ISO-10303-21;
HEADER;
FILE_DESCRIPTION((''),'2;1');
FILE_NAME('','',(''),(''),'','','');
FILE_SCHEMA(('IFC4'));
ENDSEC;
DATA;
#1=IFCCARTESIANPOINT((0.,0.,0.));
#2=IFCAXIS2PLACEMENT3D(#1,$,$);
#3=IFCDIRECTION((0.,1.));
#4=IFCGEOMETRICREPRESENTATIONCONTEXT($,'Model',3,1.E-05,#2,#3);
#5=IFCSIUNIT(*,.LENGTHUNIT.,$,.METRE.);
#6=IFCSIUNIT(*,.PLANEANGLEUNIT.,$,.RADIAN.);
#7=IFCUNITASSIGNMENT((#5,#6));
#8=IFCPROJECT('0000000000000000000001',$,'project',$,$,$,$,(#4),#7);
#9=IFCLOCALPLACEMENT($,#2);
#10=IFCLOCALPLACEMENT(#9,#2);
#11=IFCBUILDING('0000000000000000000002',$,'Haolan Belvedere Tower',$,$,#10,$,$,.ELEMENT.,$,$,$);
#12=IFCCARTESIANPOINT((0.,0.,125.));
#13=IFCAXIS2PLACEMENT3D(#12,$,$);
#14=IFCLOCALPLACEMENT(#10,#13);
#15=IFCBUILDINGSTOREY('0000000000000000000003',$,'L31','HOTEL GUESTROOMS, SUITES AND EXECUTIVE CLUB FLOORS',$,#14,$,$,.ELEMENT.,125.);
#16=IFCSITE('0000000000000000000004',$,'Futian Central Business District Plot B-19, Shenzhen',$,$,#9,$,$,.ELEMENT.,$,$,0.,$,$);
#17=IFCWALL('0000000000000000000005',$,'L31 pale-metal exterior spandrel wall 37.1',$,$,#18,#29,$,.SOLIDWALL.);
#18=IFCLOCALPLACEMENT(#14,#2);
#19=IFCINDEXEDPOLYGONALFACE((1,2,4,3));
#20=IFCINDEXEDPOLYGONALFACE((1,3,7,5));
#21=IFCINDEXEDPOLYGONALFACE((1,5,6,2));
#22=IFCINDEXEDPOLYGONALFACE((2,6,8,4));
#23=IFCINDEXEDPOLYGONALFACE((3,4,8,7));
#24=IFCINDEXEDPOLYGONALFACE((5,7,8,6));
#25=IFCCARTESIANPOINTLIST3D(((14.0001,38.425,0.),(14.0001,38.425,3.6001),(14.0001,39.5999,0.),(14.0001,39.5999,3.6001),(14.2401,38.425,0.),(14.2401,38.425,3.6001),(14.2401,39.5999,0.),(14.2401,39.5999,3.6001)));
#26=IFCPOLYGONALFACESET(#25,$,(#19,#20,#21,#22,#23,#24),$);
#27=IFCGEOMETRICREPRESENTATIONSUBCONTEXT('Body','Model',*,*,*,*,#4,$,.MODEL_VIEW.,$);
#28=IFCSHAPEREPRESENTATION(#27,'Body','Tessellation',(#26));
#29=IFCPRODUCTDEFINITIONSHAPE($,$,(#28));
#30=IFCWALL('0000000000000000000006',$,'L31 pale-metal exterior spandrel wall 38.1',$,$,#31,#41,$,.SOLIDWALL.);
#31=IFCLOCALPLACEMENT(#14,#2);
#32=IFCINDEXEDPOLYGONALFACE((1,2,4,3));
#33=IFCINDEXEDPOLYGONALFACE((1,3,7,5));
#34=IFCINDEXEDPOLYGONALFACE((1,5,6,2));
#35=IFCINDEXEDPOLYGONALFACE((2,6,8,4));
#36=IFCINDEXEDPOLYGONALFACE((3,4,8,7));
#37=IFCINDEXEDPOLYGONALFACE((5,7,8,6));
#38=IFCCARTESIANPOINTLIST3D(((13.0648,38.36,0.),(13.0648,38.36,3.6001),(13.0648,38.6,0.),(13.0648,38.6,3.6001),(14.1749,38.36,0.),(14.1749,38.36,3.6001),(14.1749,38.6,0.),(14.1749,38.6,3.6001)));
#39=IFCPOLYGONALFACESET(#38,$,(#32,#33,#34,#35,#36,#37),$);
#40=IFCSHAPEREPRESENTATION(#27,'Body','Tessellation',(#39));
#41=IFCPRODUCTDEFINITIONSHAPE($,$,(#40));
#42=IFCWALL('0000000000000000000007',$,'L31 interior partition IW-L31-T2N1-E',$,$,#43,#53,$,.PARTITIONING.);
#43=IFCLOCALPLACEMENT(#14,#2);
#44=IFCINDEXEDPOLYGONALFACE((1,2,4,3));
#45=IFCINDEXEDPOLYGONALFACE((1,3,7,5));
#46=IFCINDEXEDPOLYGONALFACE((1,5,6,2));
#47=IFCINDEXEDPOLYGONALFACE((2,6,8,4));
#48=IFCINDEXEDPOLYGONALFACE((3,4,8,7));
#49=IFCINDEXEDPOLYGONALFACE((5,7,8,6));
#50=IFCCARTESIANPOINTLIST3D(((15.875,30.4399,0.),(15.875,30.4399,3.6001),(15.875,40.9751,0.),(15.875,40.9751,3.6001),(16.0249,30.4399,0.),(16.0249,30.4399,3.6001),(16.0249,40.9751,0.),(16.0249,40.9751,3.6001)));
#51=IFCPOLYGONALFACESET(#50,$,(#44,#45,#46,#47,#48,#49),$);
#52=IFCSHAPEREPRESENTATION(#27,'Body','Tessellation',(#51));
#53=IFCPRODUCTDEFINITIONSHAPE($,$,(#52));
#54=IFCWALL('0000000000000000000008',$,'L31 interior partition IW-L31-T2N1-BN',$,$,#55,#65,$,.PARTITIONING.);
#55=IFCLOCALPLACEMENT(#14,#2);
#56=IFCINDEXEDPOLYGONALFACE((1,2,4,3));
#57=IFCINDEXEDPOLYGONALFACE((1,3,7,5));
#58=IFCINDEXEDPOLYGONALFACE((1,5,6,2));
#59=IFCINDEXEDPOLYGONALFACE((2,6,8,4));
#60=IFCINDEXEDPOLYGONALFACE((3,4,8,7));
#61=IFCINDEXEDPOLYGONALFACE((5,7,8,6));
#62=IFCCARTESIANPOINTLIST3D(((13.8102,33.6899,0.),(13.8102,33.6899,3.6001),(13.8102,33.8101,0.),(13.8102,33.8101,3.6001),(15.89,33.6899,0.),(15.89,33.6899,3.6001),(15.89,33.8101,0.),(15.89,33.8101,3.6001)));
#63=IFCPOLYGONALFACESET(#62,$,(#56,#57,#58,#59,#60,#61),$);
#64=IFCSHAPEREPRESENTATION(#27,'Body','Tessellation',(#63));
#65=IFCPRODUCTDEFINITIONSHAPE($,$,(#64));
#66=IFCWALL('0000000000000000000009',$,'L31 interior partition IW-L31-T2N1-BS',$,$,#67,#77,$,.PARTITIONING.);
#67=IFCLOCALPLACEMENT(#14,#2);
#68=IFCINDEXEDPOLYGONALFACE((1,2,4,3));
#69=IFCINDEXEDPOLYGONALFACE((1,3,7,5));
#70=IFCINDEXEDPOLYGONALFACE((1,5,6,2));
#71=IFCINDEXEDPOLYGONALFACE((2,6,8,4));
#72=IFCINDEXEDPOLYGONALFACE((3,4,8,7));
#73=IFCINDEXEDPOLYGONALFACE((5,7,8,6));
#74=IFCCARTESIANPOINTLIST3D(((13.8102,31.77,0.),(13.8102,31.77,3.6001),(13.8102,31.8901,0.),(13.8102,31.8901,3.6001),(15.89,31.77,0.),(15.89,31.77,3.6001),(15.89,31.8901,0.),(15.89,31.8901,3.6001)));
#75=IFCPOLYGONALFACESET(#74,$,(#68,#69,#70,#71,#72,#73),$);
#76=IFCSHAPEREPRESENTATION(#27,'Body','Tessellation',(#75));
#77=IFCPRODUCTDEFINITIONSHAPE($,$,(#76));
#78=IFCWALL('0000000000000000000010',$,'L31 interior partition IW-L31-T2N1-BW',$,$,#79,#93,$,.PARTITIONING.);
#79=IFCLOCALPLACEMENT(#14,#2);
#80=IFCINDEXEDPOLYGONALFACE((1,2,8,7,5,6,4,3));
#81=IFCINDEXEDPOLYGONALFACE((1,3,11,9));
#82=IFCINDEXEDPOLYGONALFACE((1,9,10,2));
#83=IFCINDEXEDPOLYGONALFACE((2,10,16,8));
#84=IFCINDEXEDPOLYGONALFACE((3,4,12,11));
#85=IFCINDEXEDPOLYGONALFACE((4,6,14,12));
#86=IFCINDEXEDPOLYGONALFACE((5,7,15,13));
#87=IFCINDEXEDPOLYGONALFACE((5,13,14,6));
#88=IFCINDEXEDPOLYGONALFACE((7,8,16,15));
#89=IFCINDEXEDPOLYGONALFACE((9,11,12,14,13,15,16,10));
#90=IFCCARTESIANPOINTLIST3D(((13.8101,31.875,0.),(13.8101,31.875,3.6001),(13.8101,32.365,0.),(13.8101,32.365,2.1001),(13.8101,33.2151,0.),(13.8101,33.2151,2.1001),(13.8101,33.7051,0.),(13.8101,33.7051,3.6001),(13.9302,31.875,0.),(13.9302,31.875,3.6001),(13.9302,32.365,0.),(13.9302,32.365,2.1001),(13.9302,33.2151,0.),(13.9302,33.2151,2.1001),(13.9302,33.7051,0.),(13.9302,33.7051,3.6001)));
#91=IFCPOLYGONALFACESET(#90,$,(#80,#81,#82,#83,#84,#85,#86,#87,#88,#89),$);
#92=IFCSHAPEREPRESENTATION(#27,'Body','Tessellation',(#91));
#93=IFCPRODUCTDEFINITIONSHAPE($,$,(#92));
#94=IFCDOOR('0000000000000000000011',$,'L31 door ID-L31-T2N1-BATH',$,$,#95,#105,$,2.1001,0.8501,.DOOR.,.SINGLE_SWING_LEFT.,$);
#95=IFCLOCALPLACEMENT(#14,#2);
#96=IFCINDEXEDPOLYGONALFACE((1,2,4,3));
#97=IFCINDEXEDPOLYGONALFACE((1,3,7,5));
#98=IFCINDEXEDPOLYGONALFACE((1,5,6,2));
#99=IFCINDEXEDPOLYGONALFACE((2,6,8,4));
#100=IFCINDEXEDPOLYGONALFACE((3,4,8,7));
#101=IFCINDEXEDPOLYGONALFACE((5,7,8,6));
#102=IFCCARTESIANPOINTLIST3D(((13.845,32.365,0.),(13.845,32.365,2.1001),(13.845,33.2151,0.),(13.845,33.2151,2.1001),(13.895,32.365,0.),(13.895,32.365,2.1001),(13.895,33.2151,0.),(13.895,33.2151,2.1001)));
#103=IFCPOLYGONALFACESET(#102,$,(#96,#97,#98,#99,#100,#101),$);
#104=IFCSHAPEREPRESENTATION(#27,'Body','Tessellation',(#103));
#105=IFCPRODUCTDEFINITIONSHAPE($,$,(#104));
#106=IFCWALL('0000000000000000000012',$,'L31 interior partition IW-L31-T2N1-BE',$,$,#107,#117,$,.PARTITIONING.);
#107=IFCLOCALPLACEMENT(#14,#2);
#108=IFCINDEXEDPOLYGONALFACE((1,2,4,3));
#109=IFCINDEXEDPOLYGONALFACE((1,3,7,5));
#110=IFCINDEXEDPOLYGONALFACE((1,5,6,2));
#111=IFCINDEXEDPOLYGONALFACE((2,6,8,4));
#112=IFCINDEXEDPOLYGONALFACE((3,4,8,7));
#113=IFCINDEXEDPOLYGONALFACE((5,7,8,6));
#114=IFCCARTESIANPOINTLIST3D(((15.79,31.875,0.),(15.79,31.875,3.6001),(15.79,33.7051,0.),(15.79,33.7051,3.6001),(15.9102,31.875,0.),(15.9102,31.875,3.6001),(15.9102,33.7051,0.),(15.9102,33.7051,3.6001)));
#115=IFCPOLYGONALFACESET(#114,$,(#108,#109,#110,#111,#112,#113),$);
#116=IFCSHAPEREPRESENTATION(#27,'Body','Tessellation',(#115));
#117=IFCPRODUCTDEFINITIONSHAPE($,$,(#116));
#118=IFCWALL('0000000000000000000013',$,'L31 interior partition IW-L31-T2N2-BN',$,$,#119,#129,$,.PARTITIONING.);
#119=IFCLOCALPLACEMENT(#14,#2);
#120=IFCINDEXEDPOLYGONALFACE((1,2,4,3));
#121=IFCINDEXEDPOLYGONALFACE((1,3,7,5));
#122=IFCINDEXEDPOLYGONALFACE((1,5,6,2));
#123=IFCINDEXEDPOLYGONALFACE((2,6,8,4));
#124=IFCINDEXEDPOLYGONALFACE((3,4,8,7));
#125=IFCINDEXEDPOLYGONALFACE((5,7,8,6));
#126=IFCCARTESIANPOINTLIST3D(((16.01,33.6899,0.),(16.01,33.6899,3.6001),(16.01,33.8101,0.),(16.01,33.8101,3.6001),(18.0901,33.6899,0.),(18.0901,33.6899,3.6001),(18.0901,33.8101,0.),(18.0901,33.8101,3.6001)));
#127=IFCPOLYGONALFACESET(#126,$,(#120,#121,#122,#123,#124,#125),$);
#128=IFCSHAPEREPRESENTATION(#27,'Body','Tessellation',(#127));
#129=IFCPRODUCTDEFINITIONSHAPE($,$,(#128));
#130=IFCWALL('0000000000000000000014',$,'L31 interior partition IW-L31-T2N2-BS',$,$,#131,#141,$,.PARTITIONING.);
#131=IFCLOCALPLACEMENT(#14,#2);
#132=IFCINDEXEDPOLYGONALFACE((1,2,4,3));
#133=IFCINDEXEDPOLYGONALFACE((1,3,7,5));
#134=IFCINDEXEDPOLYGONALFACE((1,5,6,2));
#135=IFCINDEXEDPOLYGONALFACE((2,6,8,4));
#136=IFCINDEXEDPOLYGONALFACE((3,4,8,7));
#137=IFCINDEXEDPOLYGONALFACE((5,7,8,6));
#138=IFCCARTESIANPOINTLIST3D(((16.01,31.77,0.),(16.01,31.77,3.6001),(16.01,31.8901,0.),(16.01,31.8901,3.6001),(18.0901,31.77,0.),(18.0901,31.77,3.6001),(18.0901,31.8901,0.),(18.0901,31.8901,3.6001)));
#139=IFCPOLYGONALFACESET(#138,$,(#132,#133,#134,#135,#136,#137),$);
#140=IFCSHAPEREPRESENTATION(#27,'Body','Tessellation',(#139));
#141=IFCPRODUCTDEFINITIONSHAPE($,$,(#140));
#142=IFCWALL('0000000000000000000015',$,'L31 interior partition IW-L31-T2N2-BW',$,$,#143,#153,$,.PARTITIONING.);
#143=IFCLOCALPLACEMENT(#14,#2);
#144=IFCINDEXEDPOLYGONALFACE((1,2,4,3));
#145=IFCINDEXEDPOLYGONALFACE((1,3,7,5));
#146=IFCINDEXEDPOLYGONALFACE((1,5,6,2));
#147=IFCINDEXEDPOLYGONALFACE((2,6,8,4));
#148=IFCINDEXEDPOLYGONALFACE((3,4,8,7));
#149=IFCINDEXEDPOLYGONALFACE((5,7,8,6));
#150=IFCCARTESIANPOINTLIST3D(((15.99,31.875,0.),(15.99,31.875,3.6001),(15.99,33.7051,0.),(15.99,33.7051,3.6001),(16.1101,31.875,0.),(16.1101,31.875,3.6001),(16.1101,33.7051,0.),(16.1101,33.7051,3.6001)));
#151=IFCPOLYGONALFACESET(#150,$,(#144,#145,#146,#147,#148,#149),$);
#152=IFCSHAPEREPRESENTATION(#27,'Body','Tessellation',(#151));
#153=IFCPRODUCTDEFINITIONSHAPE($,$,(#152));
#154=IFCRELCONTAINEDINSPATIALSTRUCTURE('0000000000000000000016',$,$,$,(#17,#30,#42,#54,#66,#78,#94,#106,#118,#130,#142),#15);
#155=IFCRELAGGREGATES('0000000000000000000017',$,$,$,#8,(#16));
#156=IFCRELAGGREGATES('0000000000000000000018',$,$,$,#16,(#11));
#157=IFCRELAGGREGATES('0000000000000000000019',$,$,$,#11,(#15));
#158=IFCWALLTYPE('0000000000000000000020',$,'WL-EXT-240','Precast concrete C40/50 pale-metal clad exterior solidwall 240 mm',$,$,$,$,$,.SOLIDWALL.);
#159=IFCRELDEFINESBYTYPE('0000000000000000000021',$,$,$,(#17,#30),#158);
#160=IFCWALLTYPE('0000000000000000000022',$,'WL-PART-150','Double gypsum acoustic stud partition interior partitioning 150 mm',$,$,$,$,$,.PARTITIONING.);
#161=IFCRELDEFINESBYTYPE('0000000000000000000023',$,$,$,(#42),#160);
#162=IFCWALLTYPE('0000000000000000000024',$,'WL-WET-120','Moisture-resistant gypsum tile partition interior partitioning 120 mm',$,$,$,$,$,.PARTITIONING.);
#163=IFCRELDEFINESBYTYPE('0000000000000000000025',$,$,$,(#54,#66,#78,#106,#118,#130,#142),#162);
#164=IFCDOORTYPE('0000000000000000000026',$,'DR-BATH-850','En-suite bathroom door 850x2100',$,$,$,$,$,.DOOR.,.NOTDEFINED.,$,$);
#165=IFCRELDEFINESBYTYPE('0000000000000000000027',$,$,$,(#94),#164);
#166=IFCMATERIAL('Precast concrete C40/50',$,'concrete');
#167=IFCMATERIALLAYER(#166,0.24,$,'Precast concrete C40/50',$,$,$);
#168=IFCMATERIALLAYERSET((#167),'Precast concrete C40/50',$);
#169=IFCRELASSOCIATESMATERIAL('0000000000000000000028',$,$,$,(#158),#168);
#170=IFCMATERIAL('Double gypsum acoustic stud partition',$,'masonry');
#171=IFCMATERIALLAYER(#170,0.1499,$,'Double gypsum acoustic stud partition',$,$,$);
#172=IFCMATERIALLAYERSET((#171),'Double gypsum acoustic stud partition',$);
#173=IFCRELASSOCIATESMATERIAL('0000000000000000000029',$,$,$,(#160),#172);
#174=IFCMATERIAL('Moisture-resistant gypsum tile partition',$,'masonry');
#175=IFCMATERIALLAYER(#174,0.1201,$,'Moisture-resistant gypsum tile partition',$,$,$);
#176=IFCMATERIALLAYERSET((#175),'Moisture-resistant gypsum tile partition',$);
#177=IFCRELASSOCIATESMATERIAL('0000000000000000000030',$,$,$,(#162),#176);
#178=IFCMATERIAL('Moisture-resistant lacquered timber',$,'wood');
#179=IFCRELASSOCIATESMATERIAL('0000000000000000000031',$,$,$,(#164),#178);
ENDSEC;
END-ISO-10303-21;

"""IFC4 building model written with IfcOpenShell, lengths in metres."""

from ifc_helpers import new_model, si_unit, direction, frame, frame_2d, origin, place, context, subcontext, project, spatial, rectangle, extrude, material, layer, layer_set, type_object, element, fill, save


model = new_model("IFC4")

# Units and contexts
model_context = context("Model", 3, precision=1e-05, world=origin(), true_north=direction((0.0, 1.0)))
body_context = subcontext(model_context, "Body", "Model", "MODEL_VIEW")
ifc_project = project(units=[si_unit("LENGTHUNIT", "METRE"), si_unit("PLANEANGLEUNIT", "RADIAN")], contexts=[model_context])

# Site, building, storey
site_placement = place(None, origin())
site = spatial("IfcSite", under=ifc_project, at=site_placement, Name="Futian Central Business District Plot B-19, Shenzhen", CompositionType="ELEMENT", RefElevation=0.0)
building_placement = place(site_placement, origin())
building = spatial("IfcBuilding", under=site, at=building_placement, Name="Haolan Belvedere Tower", CompositionType="ELEMENT")
storey_placement = place(building_placement, frame((0.0, 0.0, 125.0)))
storey = spatial("IfcBuildingStorey", under=building, at=storey_placement, Name="L31", Description="HOTEL GUESTROOMS, SUITES AND EXECUTIVE CLUB FLOORS", CompositionType="ELEMENT", Elevation=125.0)

# Walls
ifc_material_1 = material(Name="Precast concrete C40/50", Category="concrete")
ifc_layer_1 = layer(ifc_material_1, 0.24, Name="Precast concrete C40/50")
ifc_layer_set_1 = layer_set([ifc_layer_1], Name="Precast concrete C40/50")
wall_type_1 = type_object("IfcWallType", Name="WL-EXT-240", Description="Precast concrete C40/50 pale-metal clad exterior solidwall 240 mm", PredefinedType="SOLIDWALL", material=ifc_layer_set_1)
wall_1_placement = place(storey_placement, frame((14.1201, 39.5999, 0.0), z_axis=(0.0, 0.0, 1.0), x_axis=(0.0, -1.0, 0.0)))
element("IfcWall", 1, at=wall_1_placement, inside=storey, type_object=wall_type_1, Name="L31 pale-metal exterior spandrel wall 37.1", PredefinedType="SOLIDWALL", context=body_context, shape_type="SweptSolid", body=[
    extrude(rectangle(XDim=1.1748, YDim=0.24, at=frame_2d((0.5874, 0.0))), origin(), (0.0, 0.0, 1.0), 3.6001),
])
wall_2_placement = place(storey_placement, frame((14.175, 38.48, 0.0), z_axis=(0.0, 0.0, 1.0), x_axis=(-1.0, 0.0, 0.0)))
element("IfcWall", 2, at=wall_2_placement, inside=storey, type_object=wall_type_1, Name="L31 pale-metal exterior spandrel wall 38.1", PredefinedType="SOLIDWALL", context=body_context, shape_type="SweptSolid", body=[
    extrude(rectangle(XDim=1.1101, YDim=0.24, at=frame_2d((0.5552, 0.0))), origin(), (0.0, 0.0, 1.0), 3.6001),
])
ifc_material_2 = material(Name="Double gypsum acoustic stud partition", Category="masonry")
ifc_layer_2 = layer(ifc_material_2, 0.1499, Name="Double gypsum acoustic stud partition")
ifc_layer_set_2 = layer_set([ifc_layer_2], Name="Double gypsum acoustic stud partition")
wall_type_2 = type_object("IfcWallType", Name="WL-PART-150", Description="Double gypsum acoustic stud partition interior partitioning 150 mm", PredefinedType="PARTITIONING", material=ifc_layer_set_2)
wall_3_placement = place(storey_placement, frame((15.95, 30.4399, 0.0), z_axis=(0.0, 0.0, 1.0), x_axis=(0.0, 1.0, 0.0)))
element("IfcWall", 3, at=wall_3_placement, inside=storey, type_object=wall_type_2, Name="L31 interior partition IW-L31-T2N1-E", PredefinedType="PARTITIONING", context=body_context, shape_type="SweptSolid", body=[
    extrude(rectangle(XDim=10.5352, YDim=0.1499, at=frame_2d((5.2676, 0.0))), origin(), (0.0, 0.0, 1.0), 3.6001),
])

# Walls
ifc_material_3 = material(Name="Moisture-resistant gypsum tile partition", Category="masonry")
ifc_layer_3 = layer(ifc_material_3, 0.1201, Name="Moisture-resistant gypsum tile partition")
ifc_layer_set_3 = layer_set([ifc_layer_3], Name="Moisture-resistant gypsum tile partition")
wall_type_3 = type_object("IfcWallType", Name="WL-WET-120", Description="Moisture-resistant gypsum tile partition interior partitioning 120 mm", PredefinedType="PARTITIONING", material=ifc_layer_set_3)
for number, where, z_axis, x_axis, name in (
    (4, (13.8101, 33.75, 0.0), (0.0, 0.0, 1.0), (1.0, 0.0, 0.0), "L31 interior partition IW-L31-T2N1-BN"),
    (5, (13.8101, 31.8301, 0.0), (0.0, 0.0, 1.0), (1.0, 0.0, 0.0), "L31 interior partition IW-L31-T2N1-BS"),
):
    element("IfcWall", number, at=place(storey_placement, frame(where, z_axis=z_axis, x_axis=x_axis)), inside=storey, type_object=wall_type_3, Name=name, PredefinedType="PARTITIONING", context=body_context, shape_type="SweptSolid", body=[
        extrude(rectangle(XDim=2.0798, YDim=0.1201, at=frame_2d((1.04, 0.0))), origin(), (0.0, 0.0, 1.0), 3.6001),
    ])

# Wall, opening, door
wall_4_placement = place(storey_placement, frame((13.8701, 31.875, 0.0), z_axis=(0.0, 0.0, 1.0), x_axis=(0.0, 1.0, 0.0)))
wall_4 = element("IfcWall", 6, at=wall_4_placement, inside=storey, type_object=wall_type_3, Name="L31 interior partition IW-L31-T2N1-BW", PredefinedType="PARTITIONING", context=body_context, shape_type="SweptSolid", body=[
    extrude(rectangle(XDim=1.8301, YDim=0.1201, at=frame_2d((0.915, 0.0))), origin(), (0.0, 0.0, 1.0), 3.6001),
])
opening_1_placement = place(wall_4_placement, frame((1.3401, 0.0, 0.0), z_axis=(0.0, 0.0, 1.0), x_axis=(-1.0, 0.0, 0.0)))
opening_1 = element("IfcOpeningElement", 7, at=opening_1_placement, cuts=wall_4, PredefinedType="OPENING", context=body_context, shape_type="SweptSolid", body=[
    extrude(rectangle(XDim=0.8501, YDim=2.1001, at=frame_2d((0.425, 1.05))), frame((0.0, 0.0701, 0.0), z_axis=(0.0, -1.0, 0.0), x_axis=(1.0, 0.0, 0.0)), (0.0, 0.0, 1.0), 0.1401),
])
ifc_material_4 = material(Name="Moisture-resistant lacquered timber", Category="wood")
door_type_1 = type_object("IfcDoorType", Name="DR-BATH-850", Description="En-suite bathroom door 850x2100", OperationType="NOTDEFINED", PredefinedType="DOOR", material=ifc_material_4)
door_1_placement = place(opening_1_placement, origin())
door_1 = element("IfcDoor", 8, at=door_1_placement, inside=storey, type_object=door_type_1, Name="L31 door ID-L31-T2N1-BATH", OperationType="SINGLE_SWING_LEFT", OverallHeight=2.1001, OverallWidth=0.8501, PredefinedType="DOOR", context=body_context, shape_type="SweptSolid", body=[
    extrude(rectangle(XDim=0.8501, YDim=2.1001, at=frame_2d((0.425, 1.05))), frame((0.0, 0.0249, 0.0), z_axis=(0.0, -1.0, 0.0), x_axis=(1.0, 0.0, 0.0)), (0.0, 0.0, 1.0), 0.05),
])
fill(opening_1, door_1)

# Walls
wall_5_placement = place(storey_placement, frame((15.8501, 31.875, 0.0), z_axis=(0.0, 0.0, 1.0), x_axis=(0.0, 1.0, 0.0)))
element("IfcWall", 9, at=wall_5_placement, inside=storey, type_object=wall_type_3, Name="L31 interior partition IW-L31-T2N1-BE", PredefinedType="PARTITIONING", context=body_context, shape_type="SweptSolid", body=[
    extrude(rectangle(XDim=1.8301, YDim=0.1201, at=frame_2d((0.915, 0.0))), origin(), (0.0, 0.0, 1.0), 3.6001),
])
for number, where, z_axis, x_axis, name in (
    (10, (16.01, 33.75, 0.0), (0.0, 0.0, 1.0), (1.0, 0.0, 0.0), "L31 interior partition IW-L31-T2N2-BN"),
    (11, (16.01, 31.8301, 0.0), (0.0, 0.0, 1.0), (1.0, 0.0, 0.0), "L31 interior partition IW-L31-T2N2-BS"),
):
    element("IfcWall", number, at=place(storey_placement, frame(where, z_axis=z_axis, x_axis=x_axis)), inside=storey, type_object=wall_type_3, Name=name, PredefinedType="PARTITIONING", context=body_context, shape_type="SweptSolid", body=[
        extrude(rectangle(XDim=2.0801, YDim=0.1201, at=frame_2d((1.04, 0.0))), origin(), (0.0, 0.0, 1.0), 3.6001),
    ])
wall_6_placement = place(storey_placement, frame((16.05, 31.875, 0.0), z_axis=(0.0, 0.0, 1.0), x_axis=(0.0, 1.0, 0.0)))
element("IfcWall", 12, at=wall_6_placement, inside=storey, type_object=wall_type_3, Name="L31 interior partition IW-L31-T2N2-BW", PredefinedType="PARTITIONING", context=body_context, shape_type="SweptSolid", body=[
    extrude(rectangle(XDim=1.8301, YDim=0.1201, at=frame_2d((0.915, 0.0))), origin(), (0.0, 0.0, 1.0), 3.6001),
])

save(model, "model.ifc")
